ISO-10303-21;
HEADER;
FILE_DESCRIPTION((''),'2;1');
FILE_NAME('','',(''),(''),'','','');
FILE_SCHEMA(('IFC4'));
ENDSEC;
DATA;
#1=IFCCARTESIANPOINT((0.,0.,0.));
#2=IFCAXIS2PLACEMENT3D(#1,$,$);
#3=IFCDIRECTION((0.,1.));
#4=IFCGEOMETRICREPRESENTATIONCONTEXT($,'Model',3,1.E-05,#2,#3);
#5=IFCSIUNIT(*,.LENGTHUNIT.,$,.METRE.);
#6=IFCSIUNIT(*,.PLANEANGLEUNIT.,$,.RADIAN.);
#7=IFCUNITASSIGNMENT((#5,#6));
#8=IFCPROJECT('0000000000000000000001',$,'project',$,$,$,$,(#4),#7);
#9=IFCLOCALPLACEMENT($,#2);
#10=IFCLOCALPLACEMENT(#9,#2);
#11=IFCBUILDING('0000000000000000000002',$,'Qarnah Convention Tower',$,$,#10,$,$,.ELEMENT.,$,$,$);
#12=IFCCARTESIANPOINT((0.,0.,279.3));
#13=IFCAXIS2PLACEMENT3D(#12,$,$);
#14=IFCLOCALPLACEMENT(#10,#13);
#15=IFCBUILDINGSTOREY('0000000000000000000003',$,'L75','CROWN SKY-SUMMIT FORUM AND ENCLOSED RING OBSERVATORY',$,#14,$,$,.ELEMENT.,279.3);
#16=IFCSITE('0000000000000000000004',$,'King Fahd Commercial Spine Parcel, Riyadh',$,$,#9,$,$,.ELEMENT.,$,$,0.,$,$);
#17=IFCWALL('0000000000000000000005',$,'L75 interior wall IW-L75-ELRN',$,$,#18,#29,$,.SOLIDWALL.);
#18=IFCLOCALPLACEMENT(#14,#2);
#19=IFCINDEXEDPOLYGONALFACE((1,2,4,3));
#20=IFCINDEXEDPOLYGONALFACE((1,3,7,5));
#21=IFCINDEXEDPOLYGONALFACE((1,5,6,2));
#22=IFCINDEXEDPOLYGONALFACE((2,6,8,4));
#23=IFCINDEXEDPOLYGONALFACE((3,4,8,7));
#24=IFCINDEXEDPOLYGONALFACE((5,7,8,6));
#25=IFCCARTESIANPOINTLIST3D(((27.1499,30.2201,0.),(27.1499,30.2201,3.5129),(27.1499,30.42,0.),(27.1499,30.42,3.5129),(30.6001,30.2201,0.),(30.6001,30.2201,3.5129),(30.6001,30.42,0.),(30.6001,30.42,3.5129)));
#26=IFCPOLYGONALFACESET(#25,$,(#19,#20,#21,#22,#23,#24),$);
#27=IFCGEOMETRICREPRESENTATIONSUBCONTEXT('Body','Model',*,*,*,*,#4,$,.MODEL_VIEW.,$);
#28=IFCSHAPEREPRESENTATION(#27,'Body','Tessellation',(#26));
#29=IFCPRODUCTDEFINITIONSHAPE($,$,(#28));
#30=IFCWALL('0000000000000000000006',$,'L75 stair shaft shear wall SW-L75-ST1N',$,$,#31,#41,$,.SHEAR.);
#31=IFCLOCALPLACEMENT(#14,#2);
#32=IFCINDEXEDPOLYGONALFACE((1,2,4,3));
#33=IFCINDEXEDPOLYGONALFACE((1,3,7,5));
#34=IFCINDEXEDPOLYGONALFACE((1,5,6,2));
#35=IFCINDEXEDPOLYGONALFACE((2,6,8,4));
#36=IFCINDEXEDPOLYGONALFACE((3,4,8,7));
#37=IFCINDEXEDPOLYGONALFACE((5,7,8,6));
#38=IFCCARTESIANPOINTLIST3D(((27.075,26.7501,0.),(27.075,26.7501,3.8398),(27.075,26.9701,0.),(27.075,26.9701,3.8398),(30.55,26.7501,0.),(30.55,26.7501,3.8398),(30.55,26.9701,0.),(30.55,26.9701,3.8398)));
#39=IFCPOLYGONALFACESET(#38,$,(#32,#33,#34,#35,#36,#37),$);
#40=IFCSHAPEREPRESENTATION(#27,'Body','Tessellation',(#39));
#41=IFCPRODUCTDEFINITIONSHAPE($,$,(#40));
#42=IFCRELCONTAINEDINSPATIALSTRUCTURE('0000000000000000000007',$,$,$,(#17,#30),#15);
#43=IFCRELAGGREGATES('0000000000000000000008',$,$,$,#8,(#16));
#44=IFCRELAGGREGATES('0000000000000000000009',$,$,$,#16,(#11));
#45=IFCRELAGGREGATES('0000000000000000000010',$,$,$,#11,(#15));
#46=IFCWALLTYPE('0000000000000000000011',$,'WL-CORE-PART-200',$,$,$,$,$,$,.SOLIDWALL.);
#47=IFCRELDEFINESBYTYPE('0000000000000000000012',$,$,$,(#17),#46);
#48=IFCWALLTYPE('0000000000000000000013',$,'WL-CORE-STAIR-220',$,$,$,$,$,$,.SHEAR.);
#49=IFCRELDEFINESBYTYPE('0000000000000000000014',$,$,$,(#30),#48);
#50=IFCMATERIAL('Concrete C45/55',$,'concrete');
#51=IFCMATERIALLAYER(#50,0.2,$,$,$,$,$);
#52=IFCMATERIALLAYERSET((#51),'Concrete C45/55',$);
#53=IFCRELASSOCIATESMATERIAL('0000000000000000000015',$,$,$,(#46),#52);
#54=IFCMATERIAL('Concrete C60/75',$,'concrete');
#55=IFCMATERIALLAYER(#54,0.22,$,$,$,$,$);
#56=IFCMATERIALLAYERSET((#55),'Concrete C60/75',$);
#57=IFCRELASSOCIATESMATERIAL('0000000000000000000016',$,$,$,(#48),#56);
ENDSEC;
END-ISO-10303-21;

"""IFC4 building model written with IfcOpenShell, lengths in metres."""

from ifc_helpers import new_model, si_unit, direction, frame, frame_2d, origin, place, context, subcontext, project, spatial, rectangle, extrude, material, layer, layer_set, type_object, element, save


model = new_model("IFC4")

# Units and contexts
model_context = context("Model", 3, precision=1e-05, world=origin(), true_north=direction((0.0, 1.0)))
body_context = subcontext(model_context, "Body", "Model", "MODEL_VIEW")
ifc_project = project(units=[si_unit("LENGTHUNIT", "METRE"), si_unit("PLANEANGLEUNIT", "RADIAN")], contexts=[model_context])

# Site, building, storey
site_placement = place(None, origin())
site = spatial("IfcSite", under=ifc_project, at=site_placement, Name="King Fahd Commercial Spine Parcel, Riyadh", CompositionType="ELEMENT", RefElevation=0.0)
building_placement = place(site_placement, origin())
building = spatial("IfcBuilding", under=site, at=building_placement, Name="Qarnah Convention Tower", CompositionType="ELEMENT")
storey_placement = place(building_placement, frame((0.0, 0.0, 279.3)))
storey = spatial("IfcBuildingStorey", under=building, at=storey_placement, Name="L75", Description="CROWN SKY-SUMMIT FORUM AND ENCLOSED RING OBSERVATORY", CompositionType="ELEMENT", Elevation=279.3)

# Walls
ifc_material_1 = material(Name="Concrete C45/55", Category="concrete")
ifc_layer_1 = layer(ifc_material_1, 0.2)
ifc_layer_set_1 = layer_set([ifc_layer_1], Name="Concrete C45/55")
wall_type_1 = type_object("IfcWallType", Name="WL-CORE-PART-200", PredefinedType="SOLIDWALL", material=ifc_layer_set_1)
wall_1_placement = place(storey_placement, frame((27.1499, 30.3201, 0.0), z_axis=(0.0, 0.0, 1.0), x_axis=(1.0, 0.0, 0.0)))
element("IfcWall", 1, at=wall_1_placement, inside=storey, type_object=wall_type_1, Name="L75 interior wall IW-L75-ELRN", PredefinedType="SOLIDWALL", context=body_context, shape_type="SweptSolid", body=[
    extrude(rectangle(XDim=3.4502, YDim=0.2, at=frame_2d((1.7251, 0.0))), origin(), (0.0, 0.0, 1.0), 3.5129),
])
ifc_material_2 = material(Name="Concrete C60/75", Category="concrete")
ifc_layer_2 = layer(ifc_material_2, 0.22)
ifc_layer_set_2 = layer_set([ifc_layer_2], Name="Concrete C60/75")
wall_type_2 = type_object("IfcWallType", Name="WL-CORE-STAIR-220", PredefinedType="SHEAR", material=ifc_layer_set_2)
wall_2_placement = place(storey_placement, frame((27.075, 26.8601, 0.0), z_axis=(0.0, 0.0, 1.0), x_axis=(1.0, 0.0, 0.0)))
element("IfcWall", 2, at=wall_2_placement, inside=storey, type_object=wall_type_2, Name="L75 stair shaft shear wall SW-L75-ST1N", PredefinedType="SHEAR", context=body_context, shape_type="SweptSolid", body=[
    extrude(rectangle(XDim=3.4751, YDim=0.22, at=frame_2d((1.7375, 0.0))), origin(), (0.0, 0.0, 1.0), 3.8398),
])

save(model, "model.ifc")
